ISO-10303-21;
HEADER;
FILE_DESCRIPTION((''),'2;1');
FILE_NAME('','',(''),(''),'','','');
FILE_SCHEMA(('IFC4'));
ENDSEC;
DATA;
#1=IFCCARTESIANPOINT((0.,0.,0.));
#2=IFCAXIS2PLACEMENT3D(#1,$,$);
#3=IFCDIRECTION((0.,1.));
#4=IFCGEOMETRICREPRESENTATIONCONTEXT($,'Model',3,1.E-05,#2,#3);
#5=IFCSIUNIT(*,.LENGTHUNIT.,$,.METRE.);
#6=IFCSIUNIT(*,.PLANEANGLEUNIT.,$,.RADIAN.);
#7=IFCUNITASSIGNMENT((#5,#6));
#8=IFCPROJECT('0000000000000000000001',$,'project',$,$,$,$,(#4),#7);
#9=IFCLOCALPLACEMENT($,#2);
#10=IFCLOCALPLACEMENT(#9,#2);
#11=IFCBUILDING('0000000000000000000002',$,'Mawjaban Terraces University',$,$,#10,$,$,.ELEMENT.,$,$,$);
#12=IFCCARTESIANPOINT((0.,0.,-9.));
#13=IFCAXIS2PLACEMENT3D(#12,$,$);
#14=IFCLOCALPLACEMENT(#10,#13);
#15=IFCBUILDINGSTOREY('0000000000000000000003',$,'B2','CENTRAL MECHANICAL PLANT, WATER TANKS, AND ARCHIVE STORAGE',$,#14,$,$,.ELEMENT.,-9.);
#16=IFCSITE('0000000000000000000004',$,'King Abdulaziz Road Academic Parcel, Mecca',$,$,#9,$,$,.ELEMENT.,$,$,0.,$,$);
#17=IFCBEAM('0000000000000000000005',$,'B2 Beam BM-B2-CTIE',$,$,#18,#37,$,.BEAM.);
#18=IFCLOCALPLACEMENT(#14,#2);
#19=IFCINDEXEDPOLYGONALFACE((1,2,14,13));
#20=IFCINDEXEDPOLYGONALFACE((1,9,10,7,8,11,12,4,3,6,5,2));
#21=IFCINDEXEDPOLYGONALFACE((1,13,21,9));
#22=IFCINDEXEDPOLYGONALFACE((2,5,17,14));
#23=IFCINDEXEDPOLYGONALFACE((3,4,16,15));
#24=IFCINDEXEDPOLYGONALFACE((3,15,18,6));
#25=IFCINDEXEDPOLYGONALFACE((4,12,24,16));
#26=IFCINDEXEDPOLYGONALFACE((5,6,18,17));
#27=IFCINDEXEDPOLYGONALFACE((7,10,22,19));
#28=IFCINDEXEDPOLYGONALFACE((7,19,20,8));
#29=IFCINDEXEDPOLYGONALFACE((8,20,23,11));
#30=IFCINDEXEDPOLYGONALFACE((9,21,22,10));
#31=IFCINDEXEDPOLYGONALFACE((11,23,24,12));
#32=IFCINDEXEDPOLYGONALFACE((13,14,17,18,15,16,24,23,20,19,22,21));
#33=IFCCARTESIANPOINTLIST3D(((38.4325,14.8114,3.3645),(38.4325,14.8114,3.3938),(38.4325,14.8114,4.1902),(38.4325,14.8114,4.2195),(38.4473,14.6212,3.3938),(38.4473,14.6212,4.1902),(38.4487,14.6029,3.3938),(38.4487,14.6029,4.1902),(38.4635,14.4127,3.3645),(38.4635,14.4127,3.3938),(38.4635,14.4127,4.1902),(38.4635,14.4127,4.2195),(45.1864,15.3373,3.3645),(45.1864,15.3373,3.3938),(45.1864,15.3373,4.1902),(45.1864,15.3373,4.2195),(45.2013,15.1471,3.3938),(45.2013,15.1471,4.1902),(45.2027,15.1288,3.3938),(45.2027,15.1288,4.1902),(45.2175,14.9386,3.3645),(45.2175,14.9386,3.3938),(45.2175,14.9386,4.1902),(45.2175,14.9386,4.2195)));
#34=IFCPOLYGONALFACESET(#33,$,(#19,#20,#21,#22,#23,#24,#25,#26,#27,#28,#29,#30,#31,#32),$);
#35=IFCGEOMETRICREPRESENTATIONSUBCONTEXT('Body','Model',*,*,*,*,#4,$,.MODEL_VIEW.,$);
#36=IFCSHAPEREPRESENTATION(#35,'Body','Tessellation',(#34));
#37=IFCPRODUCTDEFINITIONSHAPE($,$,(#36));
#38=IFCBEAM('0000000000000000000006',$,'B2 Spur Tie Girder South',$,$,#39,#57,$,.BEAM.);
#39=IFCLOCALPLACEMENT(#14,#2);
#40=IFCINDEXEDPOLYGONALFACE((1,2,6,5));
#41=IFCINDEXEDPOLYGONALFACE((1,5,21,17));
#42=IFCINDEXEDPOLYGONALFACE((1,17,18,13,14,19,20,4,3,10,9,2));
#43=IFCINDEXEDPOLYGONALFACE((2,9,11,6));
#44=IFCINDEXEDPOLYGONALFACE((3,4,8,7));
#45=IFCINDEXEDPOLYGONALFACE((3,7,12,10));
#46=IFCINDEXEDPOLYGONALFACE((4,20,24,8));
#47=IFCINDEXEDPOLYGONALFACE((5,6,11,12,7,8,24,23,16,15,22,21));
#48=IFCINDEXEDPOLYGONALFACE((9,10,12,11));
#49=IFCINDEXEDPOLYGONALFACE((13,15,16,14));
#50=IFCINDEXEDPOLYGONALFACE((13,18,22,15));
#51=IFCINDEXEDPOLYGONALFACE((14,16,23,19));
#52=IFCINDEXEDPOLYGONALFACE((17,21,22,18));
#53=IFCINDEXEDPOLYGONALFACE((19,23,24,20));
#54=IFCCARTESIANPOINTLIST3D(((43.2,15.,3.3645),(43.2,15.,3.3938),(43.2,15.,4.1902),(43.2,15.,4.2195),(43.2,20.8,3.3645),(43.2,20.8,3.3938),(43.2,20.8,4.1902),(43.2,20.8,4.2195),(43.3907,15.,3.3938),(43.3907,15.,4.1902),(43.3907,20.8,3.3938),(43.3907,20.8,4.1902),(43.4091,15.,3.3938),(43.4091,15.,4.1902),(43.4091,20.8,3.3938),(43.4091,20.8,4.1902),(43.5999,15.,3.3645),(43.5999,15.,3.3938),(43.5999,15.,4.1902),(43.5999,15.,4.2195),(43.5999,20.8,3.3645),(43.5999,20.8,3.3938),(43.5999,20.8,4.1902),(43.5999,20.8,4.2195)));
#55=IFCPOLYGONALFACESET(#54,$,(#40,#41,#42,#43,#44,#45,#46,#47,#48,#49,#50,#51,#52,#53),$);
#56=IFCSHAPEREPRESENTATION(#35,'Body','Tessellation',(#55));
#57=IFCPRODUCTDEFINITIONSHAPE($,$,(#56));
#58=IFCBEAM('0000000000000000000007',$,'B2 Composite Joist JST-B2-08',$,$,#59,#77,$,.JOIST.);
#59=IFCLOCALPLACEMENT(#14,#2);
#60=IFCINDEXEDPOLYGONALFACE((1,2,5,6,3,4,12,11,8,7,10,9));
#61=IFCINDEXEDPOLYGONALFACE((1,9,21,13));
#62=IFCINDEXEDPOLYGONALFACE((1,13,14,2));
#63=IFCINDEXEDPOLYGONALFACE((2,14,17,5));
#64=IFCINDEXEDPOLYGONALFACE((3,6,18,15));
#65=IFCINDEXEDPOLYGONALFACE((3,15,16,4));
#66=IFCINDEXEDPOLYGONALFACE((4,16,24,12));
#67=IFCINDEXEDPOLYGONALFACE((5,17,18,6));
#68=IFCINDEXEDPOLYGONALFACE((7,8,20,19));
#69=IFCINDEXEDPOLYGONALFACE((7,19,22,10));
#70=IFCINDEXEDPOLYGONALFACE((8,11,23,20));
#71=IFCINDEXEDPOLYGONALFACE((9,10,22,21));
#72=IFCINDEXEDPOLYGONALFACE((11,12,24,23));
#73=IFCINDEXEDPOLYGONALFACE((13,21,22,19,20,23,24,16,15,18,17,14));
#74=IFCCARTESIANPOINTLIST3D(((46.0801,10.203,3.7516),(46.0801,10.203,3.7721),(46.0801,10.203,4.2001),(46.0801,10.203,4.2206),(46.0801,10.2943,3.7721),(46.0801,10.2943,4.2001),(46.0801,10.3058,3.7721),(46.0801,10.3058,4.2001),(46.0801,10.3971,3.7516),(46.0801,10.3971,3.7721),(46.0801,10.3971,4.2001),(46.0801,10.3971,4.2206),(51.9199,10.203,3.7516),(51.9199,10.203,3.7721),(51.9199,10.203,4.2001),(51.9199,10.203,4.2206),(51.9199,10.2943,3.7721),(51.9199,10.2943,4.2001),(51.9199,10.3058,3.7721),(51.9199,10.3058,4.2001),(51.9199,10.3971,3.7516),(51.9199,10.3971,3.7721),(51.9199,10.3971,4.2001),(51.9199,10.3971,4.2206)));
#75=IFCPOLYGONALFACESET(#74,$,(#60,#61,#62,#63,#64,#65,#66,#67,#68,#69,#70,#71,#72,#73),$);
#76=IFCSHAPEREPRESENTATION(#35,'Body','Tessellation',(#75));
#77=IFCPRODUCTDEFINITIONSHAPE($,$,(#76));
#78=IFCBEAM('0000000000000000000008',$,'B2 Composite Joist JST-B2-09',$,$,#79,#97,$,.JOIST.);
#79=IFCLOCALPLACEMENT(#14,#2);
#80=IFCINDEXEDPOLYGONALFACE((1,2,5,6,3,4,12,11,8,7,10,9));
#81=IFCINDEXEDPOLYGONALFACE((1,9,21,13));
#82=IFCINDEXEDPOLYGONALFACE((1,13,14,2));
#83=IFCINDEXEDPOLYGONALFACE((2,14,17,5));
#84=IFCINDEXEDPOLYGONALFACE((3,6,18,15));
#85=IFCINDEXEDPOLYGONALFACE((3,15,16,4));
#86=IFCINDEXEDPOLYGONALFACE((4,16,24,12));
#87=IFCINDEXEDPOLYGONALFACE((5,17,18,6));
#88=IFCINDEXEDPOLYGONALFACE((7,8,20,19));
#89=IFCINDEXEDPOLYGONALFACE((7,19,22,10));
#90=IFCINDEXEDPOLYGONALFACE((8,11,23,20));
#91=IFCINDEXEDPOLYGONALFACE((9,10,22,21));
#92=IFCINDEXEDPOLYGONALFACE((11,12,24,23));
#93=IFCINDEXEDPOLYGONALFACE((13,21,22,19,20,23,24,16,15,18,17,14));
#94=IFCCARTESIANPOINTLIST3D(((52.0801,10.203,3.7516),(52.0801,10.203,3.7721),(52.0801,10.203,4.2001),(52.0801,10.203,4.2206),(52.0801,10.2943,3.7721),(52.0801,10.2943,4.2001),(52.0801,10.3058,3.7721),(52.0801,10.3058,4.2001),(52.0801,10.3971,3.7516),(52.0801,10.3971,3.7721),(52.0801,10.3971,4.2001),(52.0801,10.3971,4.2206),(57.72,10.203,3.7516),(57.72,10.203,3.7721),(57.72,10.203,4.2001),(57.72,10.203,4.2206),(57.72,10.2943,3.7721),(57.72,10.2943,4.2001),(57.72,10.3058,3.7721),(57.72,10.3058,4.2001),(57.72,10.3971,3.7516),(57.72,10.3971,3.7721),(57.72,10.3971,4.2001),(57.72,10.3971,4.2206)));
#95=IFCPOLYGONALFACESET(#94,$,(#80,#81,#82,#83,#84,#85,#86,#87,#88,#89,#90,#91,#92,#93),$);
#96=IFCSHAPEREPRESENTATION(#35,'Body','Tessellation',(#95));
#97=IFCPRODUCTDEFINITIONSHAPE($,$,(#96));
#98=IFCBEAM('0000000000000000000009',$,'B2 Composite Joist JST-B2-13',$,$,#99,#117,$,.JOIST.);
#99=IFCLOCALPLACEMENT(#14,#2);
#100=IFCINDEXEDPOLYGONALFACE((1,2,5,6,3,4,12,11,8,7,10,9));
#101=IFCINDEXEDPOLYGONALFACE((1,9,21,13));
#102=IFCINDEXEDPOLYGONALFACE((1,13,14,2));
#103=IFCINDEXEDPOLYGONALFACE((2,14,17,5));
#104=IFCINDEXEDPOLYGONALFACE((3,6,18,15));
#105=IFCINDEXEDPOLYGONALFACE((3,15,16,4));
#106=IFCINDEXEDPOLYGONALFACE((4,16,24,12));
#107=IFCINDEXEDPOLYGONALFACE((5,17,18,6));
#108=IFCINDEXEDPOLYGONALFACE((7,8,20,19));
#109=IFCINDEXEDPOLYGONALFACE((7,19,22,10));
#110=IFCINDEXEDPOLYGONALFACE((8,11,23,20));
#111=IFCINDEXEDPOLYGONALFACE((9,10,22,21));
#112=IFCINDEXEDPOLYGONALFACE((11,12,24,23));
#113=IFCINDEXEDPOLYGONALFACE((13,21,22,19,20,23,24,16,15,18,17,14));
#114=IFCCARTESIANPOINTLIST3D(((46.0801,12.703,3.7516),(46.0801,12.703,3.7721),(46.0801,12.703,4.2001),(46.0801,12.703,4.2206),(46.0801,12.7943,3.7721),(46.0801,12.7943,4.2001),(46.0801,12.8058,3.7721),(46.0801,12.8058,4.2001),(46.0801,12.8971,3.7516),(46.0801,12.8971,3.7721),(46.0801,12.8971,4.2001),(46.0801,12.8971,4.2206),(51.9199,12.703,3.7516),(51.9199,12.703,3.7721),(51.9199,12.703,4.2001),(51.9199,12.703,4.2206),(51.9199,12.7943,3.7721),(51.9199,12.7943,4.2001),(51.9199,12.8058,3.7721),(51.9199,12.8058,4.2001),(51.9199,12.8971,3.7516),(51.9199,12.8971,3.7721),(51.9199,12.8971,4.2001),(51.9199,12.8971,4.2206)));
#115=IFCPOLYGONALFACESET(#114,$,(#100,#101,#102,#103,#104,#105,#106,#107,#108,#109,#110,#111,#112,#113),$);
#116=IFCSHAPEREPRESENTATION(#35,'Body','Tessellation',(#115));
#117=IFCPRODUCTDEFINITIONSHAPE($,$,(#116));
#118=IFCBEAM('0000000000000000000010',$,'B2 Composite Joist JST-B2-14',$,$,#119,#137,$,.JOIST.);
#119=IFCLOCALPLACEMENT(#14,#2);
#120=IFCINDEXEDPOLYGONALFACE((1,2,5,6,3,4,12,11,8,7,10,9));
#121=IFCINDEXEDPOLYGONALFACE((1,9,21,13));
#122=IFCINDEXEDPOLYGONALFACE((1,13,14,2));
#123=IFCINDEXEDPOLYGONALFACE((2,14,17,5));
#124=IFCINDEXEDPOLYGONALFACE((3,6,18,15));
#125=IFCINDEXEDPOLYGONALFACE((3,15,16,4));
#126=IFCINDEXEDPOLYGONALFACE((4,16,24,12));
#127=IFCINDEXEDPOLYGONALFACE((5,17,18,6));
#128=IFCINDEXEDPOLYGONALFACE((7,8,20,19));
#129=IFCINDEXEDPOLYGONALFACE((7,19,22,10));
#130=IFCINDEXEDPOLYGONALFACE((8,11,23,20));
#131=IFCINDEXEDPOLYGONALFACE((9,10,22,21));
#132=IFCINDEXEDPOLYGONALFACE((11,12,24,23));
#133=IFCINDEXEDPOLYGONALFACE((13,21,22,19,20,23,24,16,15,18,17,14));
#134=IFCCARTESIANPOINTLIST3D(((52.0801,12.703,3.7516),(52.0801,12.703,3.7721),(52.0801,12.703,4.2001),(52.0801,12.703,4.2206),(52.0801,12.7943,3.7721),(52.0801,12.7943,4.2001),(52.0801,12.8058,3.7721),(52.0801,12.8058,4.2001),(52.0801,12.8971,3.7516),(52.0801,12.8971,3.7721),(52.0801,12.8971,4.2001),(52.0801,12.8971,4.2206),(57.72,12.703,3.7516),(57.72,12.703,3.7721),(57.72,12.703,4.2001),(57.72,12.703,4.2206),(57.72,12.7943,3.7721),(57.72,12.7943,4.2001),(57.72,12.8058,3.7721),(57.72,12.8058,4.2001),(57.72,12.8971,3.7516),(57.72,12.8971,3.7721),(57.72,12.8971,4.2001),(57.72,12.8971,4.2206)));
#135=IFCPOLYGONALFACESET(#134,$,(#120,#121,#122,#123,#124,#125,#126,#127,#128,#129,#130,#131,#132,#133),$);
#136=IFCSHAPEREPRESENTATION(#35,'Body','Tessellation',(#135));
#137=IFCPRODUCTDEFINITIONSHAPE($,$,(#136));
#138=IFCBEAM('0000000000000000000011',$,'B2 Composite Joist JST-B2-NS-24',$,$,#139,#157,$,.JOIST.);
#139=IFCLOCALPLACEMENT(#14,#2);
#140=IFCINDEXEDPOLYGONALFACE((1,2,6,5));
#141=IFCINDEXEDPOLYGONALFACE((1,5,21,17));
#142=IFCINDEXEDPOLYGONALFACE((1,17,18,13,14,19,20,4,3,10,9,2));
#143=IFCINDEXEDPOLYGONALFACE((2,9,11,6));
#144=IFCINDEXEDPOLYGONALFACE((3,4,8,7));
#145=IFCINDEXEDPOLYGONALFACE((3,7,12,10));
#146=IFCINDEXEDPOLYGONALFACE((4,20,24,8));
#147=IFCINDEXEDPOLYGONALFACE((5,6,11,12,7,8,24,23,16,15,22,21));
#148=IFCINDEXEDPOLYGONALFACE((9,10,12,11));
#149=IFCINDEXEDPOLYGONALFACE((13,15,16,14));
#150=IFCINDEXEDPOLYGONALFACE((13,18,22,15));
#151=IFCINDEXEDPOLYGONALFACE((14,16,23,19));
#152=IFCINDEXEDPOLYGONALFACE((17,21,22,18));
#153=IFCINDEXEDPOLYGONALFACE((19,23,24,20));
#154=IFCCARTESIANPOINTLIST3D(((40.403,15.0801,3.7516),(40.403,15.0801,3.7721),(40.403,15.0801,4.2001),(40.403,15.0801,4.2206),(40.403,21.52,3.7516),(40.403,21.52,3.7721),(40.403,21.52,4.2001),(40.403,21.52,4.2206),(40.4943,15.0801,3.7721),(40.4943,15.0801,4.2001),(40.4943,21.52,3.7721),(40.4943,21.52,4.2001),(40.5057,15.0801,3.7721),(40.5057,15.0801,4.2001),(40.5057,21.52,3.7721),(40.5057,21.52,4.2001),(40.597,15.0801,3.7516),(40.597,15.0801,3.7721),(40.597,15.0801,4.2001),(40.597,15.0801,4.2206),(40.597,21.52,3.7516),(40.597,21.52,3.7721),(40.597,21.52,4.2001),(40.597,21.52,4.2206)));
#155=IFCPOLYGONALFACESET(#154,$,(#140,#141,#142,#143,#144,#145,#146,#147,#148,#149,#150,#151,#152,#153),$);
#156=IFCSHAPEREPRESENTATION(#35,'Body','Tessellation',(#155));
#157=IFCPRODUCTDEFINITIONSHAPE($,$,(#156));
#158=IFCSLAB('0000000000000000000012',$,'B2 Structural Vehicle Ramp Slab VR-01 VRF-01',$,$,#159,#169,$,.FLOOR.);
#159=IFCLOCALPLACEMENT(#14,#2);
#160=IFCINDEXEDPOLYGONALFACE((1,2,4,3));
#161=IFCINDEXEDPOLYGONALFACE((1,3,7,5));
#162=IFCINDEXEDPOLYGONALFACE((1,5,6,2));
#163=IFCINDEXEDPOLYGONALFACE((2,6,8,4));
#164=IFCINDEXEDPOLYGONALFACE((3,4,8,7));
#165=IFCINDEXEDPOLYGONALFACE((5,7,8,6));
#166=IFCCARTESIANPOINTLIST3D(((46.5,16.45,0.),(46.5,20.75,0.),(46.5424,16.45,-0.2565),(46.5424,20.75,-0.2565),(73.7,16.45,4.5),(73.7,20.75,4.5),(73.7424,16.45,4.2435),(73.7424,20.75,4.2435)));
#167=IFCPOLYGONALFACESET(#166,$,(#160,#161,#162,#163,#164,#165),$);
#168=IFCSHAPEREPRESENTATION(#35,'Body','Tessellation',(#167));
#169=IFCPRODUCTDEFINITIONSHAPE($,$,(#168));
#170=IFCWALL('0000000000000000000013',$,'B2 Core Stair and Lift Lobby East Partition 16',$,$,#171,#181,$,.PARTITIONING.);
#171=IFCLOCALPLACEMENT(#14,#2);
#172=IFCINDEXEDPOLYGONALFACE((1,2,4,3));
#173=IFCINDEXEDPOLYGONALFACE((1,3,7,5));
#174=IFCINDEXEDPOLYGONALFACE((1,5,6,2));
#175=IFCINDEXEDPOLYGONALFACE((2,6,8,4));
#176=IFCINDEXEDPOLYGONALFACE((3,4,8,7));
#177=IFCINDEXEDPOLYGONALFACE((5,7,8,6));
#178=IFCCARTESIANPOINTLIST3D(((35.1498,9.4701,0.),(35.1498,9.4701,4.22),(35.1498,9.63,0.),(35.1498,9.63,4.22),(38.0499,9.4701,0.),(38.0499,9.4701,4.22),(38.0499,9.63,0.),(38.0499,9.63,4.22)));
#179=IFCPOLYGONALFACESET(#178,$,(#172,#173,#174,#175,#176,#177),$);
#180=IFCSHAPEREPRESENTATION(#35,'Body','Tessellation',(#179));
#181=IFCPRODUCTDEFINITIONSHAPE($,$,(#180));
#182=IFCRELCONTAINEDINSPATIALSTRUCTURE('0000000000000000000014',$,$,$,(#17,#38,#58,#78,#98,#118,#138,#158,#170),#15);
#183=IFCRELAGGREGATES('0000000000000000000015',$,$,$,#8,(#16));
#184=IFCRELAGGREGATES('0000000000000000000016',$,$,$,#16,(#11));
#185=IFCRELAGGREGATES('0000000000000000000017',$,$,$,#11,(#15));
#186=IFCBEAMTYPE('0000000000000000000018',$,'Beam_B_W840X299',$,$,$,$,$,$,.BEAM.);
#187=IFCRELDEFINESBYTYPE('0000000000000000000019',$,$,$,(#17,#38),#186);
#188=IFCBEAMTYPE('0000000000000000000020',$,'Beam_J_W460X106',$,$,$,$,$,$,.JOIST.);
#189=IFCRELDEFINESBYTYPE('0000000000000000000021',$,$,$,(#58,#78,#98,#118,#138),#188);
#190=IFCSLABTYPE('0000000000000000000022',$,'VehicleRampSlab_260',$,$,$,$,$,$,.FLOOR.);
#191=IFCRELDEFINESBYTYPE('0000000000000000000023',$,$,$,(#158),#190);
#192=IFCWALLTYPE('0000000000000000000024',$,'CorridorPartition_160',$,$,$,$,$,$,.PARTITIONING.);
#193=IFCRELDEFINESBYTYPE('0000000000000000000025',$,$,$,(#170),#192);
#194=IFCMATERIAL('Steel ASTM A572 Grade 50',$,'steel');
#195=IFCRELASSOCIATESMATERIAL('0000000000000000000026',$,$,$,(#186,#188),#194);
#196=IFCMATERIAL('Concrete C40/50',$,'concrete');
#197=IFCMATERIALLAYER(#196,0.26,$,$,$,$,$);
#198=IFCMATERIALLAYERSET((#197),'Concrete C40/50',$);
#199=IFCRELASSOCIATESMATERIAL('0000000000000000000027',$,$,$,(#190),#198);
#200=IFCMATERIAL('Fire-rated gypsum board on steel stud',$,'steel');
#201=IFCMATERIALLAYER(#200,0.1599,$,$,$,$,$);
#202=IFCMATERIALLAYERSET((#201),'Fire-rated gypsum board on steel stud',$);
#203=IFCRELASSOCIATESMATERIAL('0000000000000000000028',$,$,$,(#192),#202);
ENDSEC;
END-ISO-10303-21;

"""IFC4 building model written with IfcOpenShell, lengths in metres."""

from ifc_helpers import new_model, si_unit, direction, frame, frame_2d, origin, origin_2d, place, context, subcontext, project, spatial, polyline, rectangle, i_section, outline, extrude, material, layer, layer_set, material_profile, profile_set, type_object, element, save


model = new_model("IFC4")

# Units and contexts
model_context = context("Model", 3, precision=1e-05, world=origin(), true_north=direction((0.0, 1.0)))
body_context = subcontext(model_context, "Body", "Model", "MODEL_VIEW")
ifc_project = project(units=[si_unit("LENGTHUNIT", "METRE"), si_unit("PLANEANGLEUNIT", "RADIAN")], contexts=[model_context])

# Site, building, storey
site_placement = place(None, origin())
site = spatial("IfcSite", under=ifc_project, at=site_placement, Name="King Abdulaziz Road Academic Parcel, Mecca", CompositionType="ELEMENT", RefElevation=0.0)
building_placement = place(site_placement, origin())
building = spatial("IfcBuilding", under=site, at=building_placement, Name="Mawjaban Terraces University", CompositionType="ELEMENT")
storey_placement = place(building_placement, frame((0.0, 0.0, -9.0)))
storey = spatial("IfcBuildingStorey", under=building, at=storey_placement, Name="B2", Description="CENTRAL MECHANICAL PLANT, WATER TANKS, AND ARCHIVE STORAGE", CompositionType="ELEMENT", Elevation=-9.0)

# Beams
ifc_material_1 = material(Name="Steel ASTM A572 Grade 50", Category="steel")
ifc_material_profile_1 = material_profile(ifc_material_1, i_section(OverallWidth=0.3999, OverallDepth=0.855, WebThickness=0.0183, FlangeThickness=0.0293, at=origin_2d()), Name="W840X299")
ifc_profile_set_1 = profile_set([ifc_material_profile_1], Name="Steel ASTM A572 Grade 50")
beam_type_1 = type_object("IfcBeamType", Name="Beam_B_W840X299", PredefinedType="BEAM", material=ifc_profile_set_1)
beam_1_placement = place(storey_placement, frame((38.448, 14.6121, 3.792), z_axis=(0.996982, 0.077628, 0.0), x_axis=(-0.077628, 0.996982, 0.0)))
element("IfcBeam", 1, at=beam_1_placement, inside=storey, type_object=beam_type_1, Name="B2 Beam BM-B2-CTIE", PredefinedType="BEAM", context=body_context, shape_type="SweptSolid", body=[
    extrude(i_section(OverallWidth=0.3999, OverallDepth=0.855, WebThickness=0.0183, FlangeThickness=0.0293, at=origin_2d()), origin(), (0.0, 0.0, 1.0), 6.7744),
])
beam_2_placement = place(storey_placement, frame((43.3999, 15.0, 3.792), z_axis=(0.0, 1.0, 0.0), x_axis=(-1.0, 0.0, 0.0)))
element("IfcBeam", 2, at=beam_2_placement, inside=storey, type_object=beam_type_1, Name="B2 Spur Tie Girder South", PredefinedType="BEAM", context=body_context, shape_type="SweptSolid", body=[
    extrude(i_section(OverallWidth=0.3999, OverallDepth=0.855, WebThickness=0.0183, FlangeThickness=0.0293, at=origin_2d()), origin(), (0.0, 0.0, 1.0), 5.8),
])
ifc_material_profile_2 = material_profile(ifc_material_1, i_section(OverallWidth=0.1941, OverallDepth=0.469, WebThickness=0.0115, FlangeThickness=0.0205, at=origin_2d()), Name="W460X106")
ifc_profile_set_2 = profile_set([ifc_material_profile_2], Name="Steel ASTM A572 Grade 50")
beam_type_2 = type_object("IfcBeamType", Name="Beam_J_W460X106", PredefinedType="JOIST", material=ifc_profile_set_2)
beam_3_placement = place(storey_placement, frame((46.0801, 10.3, 3.9861), z_axis=(1.0, 0.0, 0.0), x_axis=(0.0, 1.0, 0.0)))
element("IfcBeam", 3, at=beam_3_placement, inside=storey, type_object=beam_type_2, Name="B2 Composite Joist JST-B2-08", PredefinedType="JOIST", context=body_context, shape_type="SweptSolid", body=[
    extrude(i_section(OverallWidth=0.1941, OverallDepth=0.469, WebThickness=0.0115, FlangeThickness=0.0205, at=origin_2d()), origin(), (0.0, 0.0, 1.0), 5.8398),
])
beam_4_placement = place(storey_placement, frame((52.0801, 10.3, 3.9861), z_axis=(1.0, 0.0, 0.0), x_axis=(0.0, 1.0, 0.0)))
element("IfcBeam", 4, at=beam_4_placement, inside=storey, type_object=beam_type_2, Name="B2 Composite Joist JST-B2-09", PredefinedType="JOIST", context=body_context, shape_type="SweptSolid", body=[
    extrude(i_section(OverallWidth=0.1941, OverallDepth=0.469, WebThickness=0.0115, FlangeThickness=0.0205, at=origin_2d()), origin(), (0.0, 0.0, 1.0), 5.6399),
])
beam_5_placement = place(storey_placement, frame((46.0801, 12.8, 3.9861), z_axis=(1.0, 0.0, 0.0), x_axis=(0.0, 1.0, 0.0)))
element("IfcBeam", 5, at=beam_5_placement, inside=storey, type_object=beam_type_2, Name="B2 Composite Joist JST-B2-13", PredefinedType="JOIST", context=body_context, shape_type="SweptSolid", body=[
    extrude(i_section(OverallWidth=0.1941, OverallDepth=0.469, WebThickness=0.0115, FlangeThickness=0.0205, at=origin_2d()), origin(), (0.0, 0.0, 1.0), 5.8398),
])
beam_6_placement = place(storey_placement, frame((52.0801, 12.8, 3.9861), z_axis=(1.0, 0.0, 0.0), x_axis=(0.0, 1.0, 0.0)))
element("IfcBeam", 6, at=beam_6_placement, inside=storey, type_object=beam_type_2, Name="B2 Composite Joist JST-B2-14", PredefinedType="JOIST", context=body_context, shape_type="SweptSolid", body=[
    extrude(i_section(OverallWidth=0.1941, OverallDepth=0.469, WebThickness=0.0115, FlangeThickness=0.0205, at=origin_2d()), origin(), (0.0, 0.0, 1.0), 5.6399),
])
beam_7_placement = place(storey_placement, frame((40.5, 15.0801, 3.9861), z_axis=(0.0, 1.0, 0.0), x_axis=(-1.0, 0.0, 0.0)))
element("IfcBeam", 7, at=beam_7_placement, inside=storey, type_object=beam_type_2, Name="B2 Composite Joist JST-B2-NS-24", PredefinedType="JOIST", context=body_context, shape_type="SweptSolid", body=[
    extrude(i_section(OverallWidth=0.1941, OverallDepth=0.469, WebThickness=0.0115, FlangeThickness=0.0205, at=origin_2d()), origin(), (0.0, 0.0, 1.0), 6.4399),
])

# Slab
ifc_material_2 = material(Name="Concrete C40/50", Category="concrete")
ifc_layer_1 = layer(ifc_material_2, 0.26)
ifc_layer_set_1 = layer_set([ifc_layer_1], Name="Concrete C40/50")
slab_type = type_object("IfcSlabType", Name="VehicleRampSlab_260", PredefinedType="FLOOR", material=ifc_layer_set_1)
slab_placement = place(storey_placement, frame((46.5, 16.45, 0.0), z_axis=(-0.163223, 0.0, 0.986589), x_axis=(0.986589, 0.0, 0.163223)))
element("IfcSlab", 8, at=slab_placement, inside=storey, type_object=slab_type, Name="B2 Structural Vehicle Ramp Slab VR-01 VRF-01", PredefinedType="FLOOR", context=body_context, shape_type="SweptSolid", body=[
    extrude(outline(polyline([(0.0, 0.0), (27.5697, 0.0), (27.5697, 4.3), (0.0, 4.3), (0.0, 0.0)])), origin(), (0.0, 0.0, -1.0), 0.26),
])

# Wall
ifc_material_3 = material(Name="Fire-rated gypsum board on steel stud", Category="steel")
ifc_layer_2 = layer(ifc_material_3, 0.1599)
ifc_layer_set_2 = layer_set([ifc_layer_2], Name="Fire-rated gypsum board on steel stud")
wall_type_1 = type_object("IfcWallType", Name="CorridorPartition_160", PredefinedType="PARTITIONING", material=ifc_layer_set_2)
wall_1_placement = place(storey_placement, frame((38.05, 9.55, 0.0), z_axis=(0.0, 0.0, 1.0), x_axis=(-1.0, 0.0, 0.0)))
element("IfcWall", 9, at=wall_1_placement, inside=storey, type_object=wall_type_1, Name="B2 Core Stair and Lift Lobby East Partition 16", PredefinedType="PARTITIONING", context=body_context, shape_type="SweptSolid", body=[
    extrude(rectangle(XDim=2.9001, YDim=0.1599, at=frame_2d((1.4502, 0.0))), origin(), (0.0, 0.0, 1.0), 4.22),
])

save(model, "model.ifc")
